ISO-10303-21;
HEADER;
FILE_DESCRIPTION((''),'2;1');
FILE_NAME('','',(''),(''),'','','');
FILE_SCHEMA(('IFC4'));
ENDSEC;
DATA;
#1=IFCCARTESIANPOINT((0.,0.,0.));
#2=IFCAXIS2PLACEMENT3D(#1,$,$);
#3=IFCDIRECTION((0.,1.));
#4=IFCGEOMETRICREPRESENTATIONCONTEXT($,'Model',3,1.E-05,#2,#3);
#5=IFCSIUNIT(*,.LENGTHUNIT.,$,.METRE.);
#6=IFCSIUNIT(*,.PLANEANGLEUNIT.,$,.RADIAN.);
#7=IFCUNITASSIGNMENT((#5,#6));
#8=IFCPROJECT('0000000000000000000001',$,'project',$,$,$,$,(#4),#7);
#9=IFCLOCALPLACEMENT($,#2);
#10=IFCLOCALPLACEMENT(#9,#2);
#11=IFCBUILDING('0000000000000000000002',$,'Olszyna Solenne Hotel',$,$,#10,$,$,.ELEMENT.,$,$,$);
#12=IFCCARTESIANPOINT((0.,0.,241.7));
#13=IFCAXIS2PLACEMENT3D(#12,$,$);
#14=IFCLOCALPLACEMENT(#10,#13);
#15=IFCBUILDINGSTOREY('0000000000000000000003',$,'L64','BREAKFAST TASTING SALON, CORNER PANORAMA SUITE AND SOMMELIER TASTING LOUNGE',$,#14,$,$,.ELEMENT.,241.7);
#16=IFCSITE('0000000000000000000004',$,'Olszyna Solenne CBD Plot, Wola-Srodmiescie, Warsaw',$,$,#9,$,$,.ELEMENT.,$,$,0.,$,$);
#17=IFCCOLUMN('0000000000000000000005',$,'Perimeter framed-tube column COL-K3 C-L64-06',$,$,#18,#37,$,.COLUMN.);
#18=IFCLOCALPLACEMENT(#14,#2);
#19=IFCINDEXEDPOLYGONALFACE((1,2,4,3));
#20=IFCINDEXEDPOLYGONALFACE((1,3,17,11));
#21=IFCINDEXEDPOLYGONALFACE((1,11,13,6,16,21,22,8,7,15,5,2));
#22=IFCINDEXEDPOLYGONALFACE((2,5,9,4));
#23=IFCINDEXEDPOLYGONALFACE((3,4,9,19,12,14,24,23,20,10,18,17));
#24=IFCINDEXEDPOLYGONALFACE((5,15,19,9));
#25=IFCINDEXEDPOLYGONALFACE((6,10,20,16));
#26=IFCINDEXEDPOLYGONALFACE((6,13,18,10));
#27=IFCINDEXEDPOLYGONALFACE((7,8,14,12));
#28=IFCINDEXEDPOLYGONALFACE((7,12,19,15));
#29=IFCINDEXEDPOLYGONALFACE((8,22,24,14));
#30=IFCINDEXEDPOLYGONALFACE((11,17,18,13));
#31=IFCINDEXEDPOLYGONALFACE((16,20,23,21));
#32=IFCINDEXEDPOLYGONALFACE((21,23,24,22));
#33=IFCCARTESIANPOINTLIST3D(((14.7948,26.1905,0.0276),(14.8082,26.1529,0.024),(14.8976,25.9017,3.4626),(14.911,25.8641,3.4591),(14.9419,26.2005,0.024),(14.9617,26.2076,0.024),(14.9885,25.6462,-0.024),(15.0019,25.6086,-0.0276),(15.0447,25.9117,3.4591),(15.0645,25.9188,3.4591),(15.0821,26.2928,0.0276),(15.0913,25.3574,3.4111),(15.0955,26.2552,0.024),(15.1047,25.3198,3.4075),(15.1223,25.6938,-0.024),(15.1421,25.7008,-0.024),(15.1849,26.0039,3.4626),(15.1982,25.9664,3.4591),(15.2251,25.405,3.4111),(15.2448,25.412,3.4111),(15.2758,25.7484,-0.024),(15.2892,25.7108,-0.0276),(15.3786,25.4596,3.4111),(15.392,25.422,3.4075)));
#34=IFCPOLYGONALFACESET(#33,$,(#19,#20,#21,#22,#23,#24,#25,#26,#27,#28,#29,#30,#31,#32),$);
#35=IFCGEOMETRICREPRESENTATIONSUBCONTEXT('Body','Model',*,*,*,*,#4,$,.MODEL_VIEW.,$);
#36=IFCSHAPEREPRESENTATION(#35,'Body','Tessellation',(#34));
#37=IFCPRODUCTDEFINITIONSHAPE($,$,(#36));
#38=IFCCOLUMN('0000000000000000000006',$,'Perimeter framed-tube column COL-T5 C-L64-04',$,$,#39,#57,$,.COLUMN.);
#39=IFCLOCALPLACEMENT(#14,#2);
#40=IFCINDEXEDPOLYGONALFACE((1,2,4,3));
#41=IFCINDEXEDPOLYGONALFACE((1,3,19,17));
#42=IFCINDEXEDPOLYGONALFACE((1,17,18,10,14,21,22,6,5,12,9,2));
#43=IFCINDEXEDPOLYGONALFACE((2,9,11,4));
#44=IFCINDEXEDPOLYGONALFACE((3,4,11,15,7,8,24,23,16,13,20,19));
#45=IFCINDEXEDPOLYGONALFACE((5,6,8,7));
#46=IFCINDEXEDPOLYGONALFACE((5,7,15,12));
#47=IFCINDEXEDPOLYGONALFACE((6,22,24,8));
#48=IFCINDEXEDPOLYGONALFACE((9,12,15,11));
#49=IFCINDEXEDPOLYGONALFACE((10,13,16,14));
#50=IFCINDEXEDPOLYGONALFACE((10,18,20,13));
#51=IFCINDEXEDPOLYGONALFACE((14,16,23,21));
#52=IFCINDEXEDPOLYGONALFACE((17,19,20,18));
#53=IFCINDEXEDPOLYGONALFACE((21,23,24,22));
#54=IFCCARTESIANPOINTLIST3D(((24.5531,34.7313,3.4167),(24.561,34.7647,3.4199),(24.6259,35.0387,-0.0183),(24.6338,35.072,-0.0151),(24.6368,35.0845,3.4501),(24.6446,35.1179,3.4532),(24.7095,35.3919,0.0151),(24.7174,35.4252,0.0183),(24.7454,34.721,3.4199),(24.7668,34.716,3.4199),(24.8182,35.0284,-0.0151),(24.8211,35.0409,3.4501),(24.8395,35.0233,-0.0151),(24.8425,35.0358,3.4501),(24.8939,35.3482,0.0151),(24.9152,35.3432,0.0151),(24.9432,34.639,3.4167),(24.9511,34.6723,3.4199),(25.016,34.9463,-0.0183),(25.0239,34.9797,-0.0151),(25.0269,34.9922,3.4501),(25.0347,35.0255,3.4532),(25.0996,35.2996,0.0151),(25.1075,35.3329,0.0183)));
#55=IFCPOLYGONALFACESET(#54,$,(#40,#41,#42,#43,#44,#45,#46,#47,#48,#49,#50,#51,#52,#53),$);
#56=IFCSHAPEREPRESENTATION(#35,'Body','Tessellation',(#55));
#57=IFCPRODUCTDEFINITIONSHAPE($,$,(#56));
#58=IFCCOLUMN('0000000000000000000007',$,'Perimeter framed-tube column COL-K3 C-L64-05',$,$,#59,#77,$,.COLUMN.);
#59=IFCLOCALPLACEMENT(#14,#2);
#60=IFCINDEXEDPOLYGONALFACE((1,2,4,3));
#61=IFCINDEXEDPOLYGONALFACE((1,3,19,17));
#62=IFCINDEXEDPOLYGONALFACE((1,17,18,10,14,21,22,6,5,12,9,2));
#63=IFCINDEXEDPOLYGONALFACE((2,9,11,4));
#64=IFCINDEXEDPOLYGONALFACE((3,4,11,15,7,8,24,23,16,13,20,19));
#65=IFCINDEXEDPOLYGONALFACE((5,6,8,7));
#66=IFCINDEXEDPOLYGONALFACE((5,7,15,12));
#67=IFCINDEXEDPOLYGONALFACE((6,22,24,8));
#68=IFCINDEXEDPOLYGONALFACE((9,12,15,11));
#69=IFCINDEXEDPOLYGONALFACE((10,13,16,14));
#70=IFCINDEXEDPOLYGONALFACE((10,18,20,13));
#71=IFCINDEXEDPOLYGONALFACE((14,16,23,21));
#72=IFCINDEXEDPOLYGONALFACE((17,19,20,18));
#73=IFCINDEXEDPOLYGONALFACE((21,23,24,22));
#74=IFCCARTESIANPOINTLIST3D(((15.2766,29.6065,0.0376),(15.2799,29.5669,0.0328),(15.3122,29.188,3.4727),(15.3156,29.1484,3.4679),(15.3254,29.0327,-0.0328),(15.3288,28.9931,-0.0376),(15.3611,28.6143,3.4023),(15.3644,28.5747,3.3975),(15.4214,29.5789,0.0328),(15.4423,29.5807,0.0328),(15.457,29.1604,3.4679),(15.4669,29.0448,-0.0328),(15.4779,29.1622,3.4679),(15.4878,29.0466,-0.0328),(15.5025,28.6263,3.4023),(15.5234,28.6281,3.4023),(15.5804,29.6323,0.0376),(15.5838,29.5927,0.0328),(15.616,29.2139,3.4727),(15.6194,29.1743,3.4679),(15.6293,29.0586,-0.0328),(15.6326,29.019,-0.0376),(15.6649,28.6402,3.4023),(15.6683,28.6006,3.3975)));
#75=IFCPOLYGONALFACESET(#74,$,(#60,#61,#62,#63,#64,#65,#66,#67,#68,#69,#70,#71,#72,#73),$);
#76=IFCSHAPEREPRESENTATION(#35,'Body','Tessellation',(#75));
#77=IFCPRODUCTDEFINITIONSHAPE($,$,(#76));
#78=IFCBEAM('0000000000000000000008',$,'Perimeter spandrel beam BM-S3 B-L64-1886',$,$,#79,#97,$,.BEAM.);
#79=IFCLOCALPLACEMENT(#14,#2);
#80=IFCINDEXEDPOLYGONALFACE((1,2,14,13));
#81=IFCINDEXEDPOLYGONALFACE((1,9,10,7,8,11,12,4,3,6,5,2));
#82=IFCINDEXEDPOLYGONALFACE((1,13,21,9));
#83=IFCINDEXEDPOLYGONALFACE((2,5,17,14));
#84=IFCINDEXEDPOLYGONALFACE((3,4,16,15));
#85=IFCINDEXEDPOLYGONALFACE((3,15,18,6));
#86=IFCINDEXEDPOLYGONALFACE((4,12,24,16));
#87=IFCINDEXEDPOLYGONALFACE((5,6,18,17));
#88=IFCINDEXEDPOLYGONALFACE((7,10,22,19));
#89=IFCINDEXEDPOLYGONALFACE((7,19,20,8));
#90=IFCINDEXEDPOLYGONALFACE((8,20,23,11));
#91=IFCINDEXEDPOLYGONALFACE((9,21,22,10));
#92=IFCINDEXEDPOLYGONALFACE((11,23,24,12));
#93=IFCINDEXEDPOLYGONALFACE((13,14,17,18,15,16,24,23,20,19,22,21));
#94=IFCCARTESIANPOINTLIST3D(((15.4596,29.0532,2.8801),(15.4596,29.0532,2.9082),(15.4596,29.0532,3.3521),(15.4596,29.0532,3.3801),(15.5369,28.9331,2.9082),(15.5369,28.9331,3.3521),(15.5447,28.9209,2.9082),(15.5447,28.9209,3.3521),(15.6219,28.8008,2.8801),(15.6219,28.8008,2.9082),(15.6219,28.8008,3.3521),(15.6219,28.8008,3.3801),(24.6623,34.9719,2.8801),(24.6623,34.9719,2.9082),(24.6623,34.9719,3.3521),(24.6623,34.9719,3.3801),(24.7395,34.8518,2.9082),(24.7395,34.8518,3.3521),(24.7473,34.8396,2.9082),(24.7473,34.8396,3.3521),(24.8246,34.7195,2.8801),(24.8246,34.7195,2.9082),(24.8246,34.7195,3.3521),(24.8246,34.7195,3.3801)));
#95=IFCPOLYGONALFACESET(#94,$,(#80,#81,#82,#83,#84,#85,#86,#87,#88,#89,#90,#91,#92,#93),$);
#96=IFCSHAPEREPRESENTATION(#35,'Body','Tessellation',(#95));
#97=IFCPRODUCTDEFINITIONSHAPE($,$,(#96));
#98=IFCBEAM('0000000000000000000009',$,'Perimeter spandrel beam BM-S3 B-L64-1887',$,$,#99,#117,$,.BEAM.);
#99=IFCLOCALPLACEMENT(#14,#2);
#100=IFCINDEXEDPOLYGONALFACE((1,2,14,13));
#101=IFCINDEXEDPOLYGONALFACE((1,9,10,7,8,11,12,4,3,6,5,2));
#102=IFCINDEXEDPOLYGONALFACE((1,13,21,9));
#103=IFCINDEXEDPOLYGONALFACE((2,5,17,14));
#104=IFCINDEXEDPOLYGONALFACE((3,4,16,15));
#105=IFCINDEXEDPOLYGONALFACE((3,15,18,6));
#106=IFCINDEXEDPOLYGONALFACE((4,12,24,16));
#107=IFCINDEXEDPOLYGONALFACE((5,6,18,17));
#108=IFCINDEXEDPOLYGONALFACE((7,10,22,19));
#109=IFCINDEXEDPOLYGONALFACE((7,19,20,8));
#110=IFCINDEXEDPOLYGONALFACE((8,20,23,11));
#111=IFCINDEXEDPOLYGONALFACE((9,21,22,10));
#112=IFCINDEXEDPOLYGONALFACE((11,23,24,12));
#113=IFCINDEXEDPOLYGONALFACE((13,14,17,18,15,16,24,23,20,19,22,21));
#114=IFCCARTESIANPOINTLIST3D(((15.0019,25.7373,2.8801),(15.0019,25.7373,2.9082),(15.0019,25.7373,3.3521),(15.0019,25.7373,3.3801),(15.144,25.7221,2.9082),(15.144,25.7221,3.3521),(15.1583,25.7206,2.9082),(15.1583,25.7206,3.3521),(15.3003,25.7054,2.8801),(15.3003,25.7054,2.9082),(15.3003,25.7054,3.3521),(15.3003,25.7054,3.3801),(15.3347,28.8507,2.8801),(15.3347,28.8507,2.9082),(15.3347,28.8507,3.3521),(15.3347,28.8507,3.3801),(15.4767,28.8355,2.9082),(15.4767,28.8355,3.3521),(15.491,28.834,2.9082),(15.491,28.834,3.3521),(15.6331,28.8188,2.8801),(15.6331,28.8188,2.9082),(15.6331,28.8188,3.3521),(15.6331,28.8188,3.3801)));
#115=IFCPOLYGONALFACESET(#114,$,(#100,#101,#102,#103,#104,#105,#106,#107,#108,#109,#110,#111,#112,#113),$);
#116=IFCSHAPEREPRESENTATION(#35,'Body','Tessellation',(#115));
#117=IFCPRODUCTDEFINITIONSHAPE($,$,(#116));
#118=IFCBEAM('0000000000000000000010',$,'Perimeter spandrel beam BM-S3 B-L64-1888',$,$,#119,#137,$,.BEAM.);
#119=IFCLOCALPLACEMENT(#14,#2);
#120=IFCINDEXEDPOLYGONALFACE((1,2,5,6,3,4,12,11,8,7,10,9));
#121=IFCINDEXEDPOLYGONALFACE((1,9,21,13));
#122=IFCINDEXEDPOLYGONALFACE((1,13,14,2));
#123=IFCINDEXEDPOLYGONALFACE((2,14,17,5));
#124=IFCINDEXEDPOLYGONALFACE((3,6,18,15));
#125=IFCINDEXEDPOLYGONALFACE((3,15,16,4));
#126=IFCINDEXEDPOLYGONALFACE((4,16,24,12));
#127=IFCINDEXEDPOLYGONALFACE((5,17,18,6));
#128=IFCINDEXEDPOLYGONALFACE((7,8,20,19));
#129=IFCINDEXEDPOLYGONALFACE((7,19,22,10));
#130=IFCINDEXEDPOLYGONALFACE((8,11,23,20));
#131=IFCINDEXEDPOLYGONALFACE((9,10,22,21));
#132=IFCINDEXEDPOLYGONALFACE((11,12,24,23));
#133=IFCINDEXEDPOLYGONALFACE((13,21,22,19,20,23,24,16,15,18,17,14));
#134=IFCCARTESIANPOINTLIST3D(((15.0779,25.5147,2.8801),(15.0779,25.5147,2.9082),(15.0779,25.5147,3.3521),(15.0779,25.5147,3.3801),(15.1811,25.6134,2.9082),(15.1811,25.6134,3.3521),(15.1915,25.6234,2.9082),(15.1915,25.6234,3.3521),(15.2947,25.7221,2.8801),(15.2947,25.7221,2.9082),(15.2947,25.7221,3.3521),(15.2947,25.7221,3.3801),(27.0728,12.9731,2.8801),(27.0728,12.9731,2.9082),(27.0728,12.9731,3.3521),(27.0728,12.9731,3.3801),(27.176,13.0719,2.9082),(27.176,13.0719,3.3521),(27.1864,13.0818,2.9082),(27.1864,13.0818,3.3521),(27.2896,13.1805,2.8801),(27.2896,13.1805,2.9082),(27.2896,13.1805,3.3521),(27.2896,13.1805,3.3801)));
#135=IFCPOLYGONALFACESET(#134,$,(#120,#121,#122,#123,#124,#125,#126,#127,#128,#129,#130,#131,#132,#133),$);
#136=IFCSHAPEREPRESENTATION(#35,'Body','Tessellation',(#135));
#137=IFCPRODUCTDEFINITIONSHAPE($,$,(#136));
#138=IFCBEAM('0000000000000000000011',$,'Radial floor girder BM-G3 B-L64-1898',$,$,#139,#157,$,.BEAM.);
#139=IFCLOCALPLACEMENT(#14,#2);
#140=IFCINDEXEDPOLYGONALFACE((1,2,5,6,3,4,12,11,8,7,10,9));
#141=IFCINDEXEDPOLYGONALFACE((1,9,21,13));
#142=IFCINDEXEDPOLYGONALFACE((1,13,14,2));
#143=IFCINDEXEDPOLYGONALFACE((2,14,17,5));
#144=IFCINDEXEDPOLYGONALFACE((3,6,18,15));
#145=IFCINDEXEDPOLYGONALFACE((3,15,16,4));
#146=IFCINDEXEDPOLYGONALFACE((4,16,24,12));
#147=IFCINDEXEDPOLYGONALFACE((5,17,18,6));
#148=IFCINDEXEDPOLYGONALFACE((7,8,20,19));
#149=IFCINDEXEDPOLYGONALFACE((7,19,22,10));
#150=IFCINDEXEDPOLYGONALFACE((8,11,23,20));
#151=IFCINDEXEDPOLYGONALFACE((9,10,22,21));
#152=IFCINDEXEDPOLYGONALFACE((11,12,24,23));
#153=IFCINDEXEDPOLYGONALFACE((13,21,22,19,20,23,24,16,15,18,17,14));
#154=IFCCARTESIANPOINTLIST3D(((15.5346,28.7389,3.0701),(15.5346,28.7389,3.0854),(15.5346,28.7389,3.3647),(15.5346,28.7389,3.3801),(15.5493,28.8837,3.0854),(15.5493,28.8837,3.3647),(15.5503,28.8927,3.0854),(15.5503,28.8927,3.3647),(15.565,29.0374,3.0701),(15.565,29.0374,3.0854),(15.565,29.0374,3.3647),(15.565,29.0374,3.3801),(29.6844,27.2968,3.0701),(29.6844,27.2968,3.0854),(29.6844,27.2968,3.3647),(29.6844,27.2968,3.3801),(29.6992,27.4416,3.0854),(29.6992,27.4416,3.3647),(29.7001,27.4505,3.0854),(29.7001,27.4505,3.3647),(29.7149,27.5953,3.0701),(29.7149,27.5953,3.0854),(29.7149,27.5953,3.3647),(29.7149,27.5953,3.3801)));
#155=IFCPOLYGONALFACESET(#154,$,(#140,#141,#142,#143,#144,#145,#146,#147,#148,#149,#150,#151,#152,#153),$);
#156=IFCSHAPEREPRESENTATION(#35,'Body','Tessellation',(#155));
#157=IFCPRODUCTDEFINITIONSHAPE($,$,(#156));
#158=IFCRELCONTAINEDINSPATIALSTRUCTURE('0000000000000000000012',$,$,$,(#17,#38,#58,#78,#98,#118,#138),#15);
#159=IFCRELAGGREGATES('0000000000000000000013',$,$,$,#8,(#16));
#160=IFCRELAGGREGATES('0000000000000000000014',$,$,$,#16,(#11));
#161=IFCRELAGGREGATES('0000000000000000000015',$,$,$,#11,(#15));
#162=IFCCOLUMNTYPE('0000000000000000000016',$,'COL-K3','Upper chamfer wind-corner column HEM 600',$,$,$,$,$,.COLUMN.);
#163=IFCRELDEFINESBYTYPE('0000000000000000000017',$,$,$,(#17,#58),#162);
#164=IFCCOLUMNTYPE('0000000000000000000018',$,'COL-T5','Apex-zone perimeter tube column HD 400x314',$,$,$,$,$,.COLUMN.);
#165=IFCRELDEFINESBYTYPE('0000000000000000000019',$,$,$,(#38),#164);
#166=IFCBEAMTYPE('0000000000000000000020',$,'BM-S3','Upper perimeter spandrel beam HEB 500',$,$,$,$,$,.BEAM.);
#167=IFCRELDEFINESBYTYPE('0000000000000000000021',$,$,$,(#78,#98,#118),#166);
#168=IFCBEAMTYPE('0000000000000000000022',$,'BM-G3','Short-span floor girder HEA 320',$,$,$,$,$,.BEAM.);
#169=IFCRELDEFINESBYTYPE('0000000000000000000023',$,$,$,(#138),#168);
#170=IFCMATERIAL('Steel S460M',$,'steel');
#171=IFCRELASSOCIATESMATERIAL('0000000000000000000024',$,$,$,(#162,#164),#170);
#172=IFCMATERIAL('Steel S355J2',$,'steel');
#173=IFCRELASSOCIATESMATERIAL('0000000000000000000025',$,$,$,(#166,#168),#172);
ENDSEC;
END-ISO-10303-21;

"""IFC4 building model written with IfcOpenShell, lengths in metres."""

from ifc_helpers import new_model, si_unit, direction, frame, origin, origin_2d, place, context, subcontext, project, spatial, i_section, extrude, source, transform, mapped, material, material_profile, profile_set, type_object, element, save


model = new_model("IFC4")

# Units and contexts
model_context = context("Model", 3, precision=1e-05, world=origin(), true_north=direction((0.0, 1.0)))
body_context = subcontext(model_context, "Body", "Model", "MODEL_VIEW")
ifc_project = project(units=[si_unit("LENGTHUNIT", "METRE"), si_unit("PLANEANGLEUNIT", "RADIAN")], contexts=[model_context])

# Site, building, storey
site_placement = place(None, origin())
site = spatial("IfcSite", under=ifc_project, at=site_placement, Name="Olszyna Solenne CBD Plot, Wola-Srodmiescie, Warsaw", CompositionType="ELEMENT", RefElevation=0.0)
building_placement = place(site_placement, origin())
building = spatial("IfcBuilding", under=site, at=building_placement, Name="Olszyna Solenne Hotel", CompositionType="ELEMENT")
storey_placement = place(building_placement, frame((0.0, 0.0, 241.7)))
storey = spatial("IfcBuildingStorey", under=building, at=storey_placement, Name="L64", Description="BREAKFAST TASTING SALON, CORNER PANORAMA SUITE AND SOMMELIER TASTING LOUNGE", CompositionType="ELEMENT", Elevation=241.7)

# Columns
ifc_material_1 = material(Name="Steel S460M", Category="steel")
ifc_material_profile_1 = material_profile(ifc_material_1, i_section(OverallWidth=0.3049, OverallDepth=0.6201, WebThickness=0.021, FlangeThickness=0.04, at=origin_2d()), Name="HEM 600", Category="load-bearing")
ifc_profile_set_1 = profile_set([ifc_material_profile_1], Name="Steel S460M")
column_type_1 = type_object("IfcColumnType", Name="COL-K3", Description="Upper chamfer wind-corner column HEM 600", PredefinedType="COLUMN", material=ifc_profile_set_1)
shared_shape_1 = source(origin(), body_context, "Body", "SweptSolid", [
    extrude(i_section(OverallWidth=0.3049, OverallDepth=0.6201, WebThickness=0.021, FlangeThickness=0.04, at=origin_2d()), origin(), (0.0, 0.0, 1.0), 3.4487),
])
column_1_placement = place(storey_placement, frame((15.042, 25.9507, 0.0), z_axis=(0.029803, -0.083747, 0.996041), x_axis=(0.94212, 0.335277, 0.0)))
element("IfcColumn", 1, at=column_1_placement, inside=storey, type_object=column_type_1, Name="Perimeter framed-tube column COL-K3 C-L64-06", PredefinedType="COLUMN", context=body_context, shape_type="MappedRepresentation", body=[
    mapped(shared_shape_1, transform((0.0, 0.0, 0.0), x_axis=(1.0, 0.0, 0.0), y_axis=(0.0, 1.0, 0.0), z_axis=(0.0, 0.0, 1.0), scale=1.0)),
])
ifc_material_profile_2 = material_profile(ifc_material_1, i_section(OverallWidth=0.4009, OverallDepth=0.3989, WebThickness=0.022, FlangeThickness=0.0344, at=origin_2d()), Name="HD 400x314", Category="load-bearing")
ifc_profile_set_2 = profile_set([ifc_material_profile_2], Name="Steel S460M")
column_type_2 = type_object("IfcColumnType", Name="COL-T5", Description="Apex-zone perimeter tube column HD 400x314", PredefinedType="COLUMN", material=ifc_profile_set_2)
shared_shape_2 = source(origin(), body_context, "Body", "SweptSolid", [
    extrude(i_section(OverallWidth=0.4009, OverallDepth=0.3989, WebThickness=0.022, FlangeThickness=0.0344, at=origin_2d()), origin(), (0.0, 0.0, 1.0), 3.4495),
])
column_2_placement = place(storey_placement, frame((24.8667, 35.1858, 0.0), z_axis=(-0.021091, -0.089105, 0.995799), x_axis=(0.973112, -0.230332, 0.0)))
element("IfcColumn", 2, at=column_2_placement, inside=storey, type_object=column_type_2, Name="Perimeter framed-tube column COL-T5 C-L64-04", PredefinedType="COLUMN", context=body_context, shape_type="MappedRepresentation", body=[
    mapped(shared_shape_2, transform((0.0, 0.0, 0.0), x_axis=(1.0, 0.0, 0.0), y_axis=(0.0, 1.0, 0.0), z_axis=(0.0, 0.0, 1.0), scale=1.0)),
])
shared_shape_3 = source(origin(), body_context, "Body", "SweptSolid", [
    extrude(i_section(OverallWidth=0.3049, OverallDepth=0.6201, WebThickness=0.021, FlangeThickness=0.04, at=origin_2d()), origin(), (0.0, 0.0, 1.0), 3.4607),
])
column_3_placement = place(storey_placement, frame((15.4546, 29.3127, 0.0), z_axis=(0.0103, -0.120919, 0.992609), x_axis=(0.996392, 0.084874, 0.0)))
element("IfcColumn", 3, at=column_3_placement, inside=storey, type_object=column_type_1, Name="Perimeter framed-tube column COL-K3 C-L64-05", PredefinedType="COLUMN", context=body_context, shape_type="MappedRepresentation", body=[
    mapped(shared_shape_3, transform((0.0, 0.0, 0.0), x_axis=(1.0, 0.0, 0.0), y_axis=(0.0, 1.0, 0.0), z_axis=(0.0, 0.0, 1.0), scale=1.0)),
])

# Beams
ifc_material_2 = material(Name="Steel S355J2", Category="steel")
ifc_material_profile_3 = material_profile(ifc_material_2, i_section(OverallWidth=0.3, OverallDepth=0.5, WebThickness=0.0144, FlangeThickness=0.0281, at=origin_2d()), Name="HEB 500", Category="load-bearing")
ifc_profile_set_3 = profile_set([ifc_material_profile_3], Name="Steel S355J2")
beam_type_1 = type_object("IfcBeamType", Name="BM-S3", Description="Upper perimeter spandrel beam HEB 500", PredefinedType="BEAM", material=ifc_profile_set_3)
shared_shape_4 = source(origin(), body_context, "Body", "SweptSolid", [
    extrude(i_section(OverallWidth=0.3, OverallDepth=0.5, WebThickness=0.0144, FlangeThickness=0.0281, at=origin_2d()), origin(), (0.0, 0.0, 1.0), 10.9417),
])
beam_1_placement = place(storey_placement, frame((24.7434, 34.8457, 3.1301), z_axis=(-0.841065, -0.540934, 0.0), x_axis=(0.540934, -0.841065, 0.0)))
element("IfcBeam", 4, at=beam_1_placement, inside=storey, type_object=beam_type_1, Name="Perimeter spandrel beam BM-S3 B-L64-1886", PredefinedType="BEAM", context=body_context, shape_type="MappedRepresentation", body=[
    mapped(shared_shape_4, transform((0.0, 0.0, 0.0), x_axis=(1.0, 0.0, 0.0), y_axis=(0.0, 1.0, 0.0), z_axis=(0.0, 0.0, 1.0), scale=1.0)),
])
shared_shape_5 = source(origin(), body_context, "Body", "SweptSolid", [
    extrude(i_section(OverallWidth=0.3, OverallDepth=0.5, WebThickness=0.0144, FlangeThickness=0.0281, at=origin_2d()), origin(), (0.0, 0.0, 1.0), 3.1311),
])
beam_2_placement = place(storey_placement, frame((15.4839, 28.8347, 3.1301), z_axis=(-0.10628, -0.994336, 0.0), x_axis=(0.994336, -0.10628, 0.0)))
element("IfcBeam", 5, at=beam_2_placement, inside=storey, type_object=beam_type_1, Name="Perimeter spandrel beam BM-S3 B-L64-1887", PredefinedType="BEAM", context=body_context, shape_type="MappedRepresentation", body=[
    mapped(shared_shape_5, transform((0.0, 0.0, 0.0), x_axis=(1.0, 0.0, 0.0), y_axis=(0.0, 1.0, 0.0), z_axis=(0.0, 0.0, 1.0), scale=1.0)),
])
shared_shape_6 = source(origin(), body_context, "Body", "SweptSolid", [
    extrude(i_section(OverallWidth=0.3, OverallDepth=0.5, WebThickness=0.0144, FlangeThickness=0.0281, at=origin_2d()), origin(), (0.0, 0.0, 1.0), 17.3542),
])
beam_3_placement = place(storey_placement, frame((15.1863, 25.6184, 3.1301), z_axis=(0.691182, -0.722681, 0.0), x_axis=(0.722681, 0.691182, 0.0)))
element("IfcBeam", 6, at=beam_3_placement, inside=storey, type_object=beam_type_1, Name="Perimeter spandrel beam BM-S3 B-L64-1888", PredefinedType="BEAM", context=body_context, shape_type="MappedRepresentation", body=[
    mapped(shared_shape_6, transform((0.0, 0.0, 0.0), x_axis=(1.0, 0.0, 0.0), y_axis=(0.0, 1.0, 0.0), z_axis=(0.0, 0.0, 1.0), scale=1.0)),
])
ifc_material_profile_4 = material_profile(ifc_material_2, i_section(OverallWidth=0.3, OverallDepth=0.3101, WebThickness=0.009, FlangeThickness=0.0154, at=origin_2d()), Name="HEA 320", Category="load-bearing")
ifc_profile_set_4 = profile_set([ifc_material_profile_4], Name="Steel S355J2")
beam_type_2 = type_object("IfcBeamType", Name="BM-G3", Description="Short-span floor girder HEA 320", PredefinedType="BEAM", material=ifc_profile_set_4)
shared_shape_7 = source(origin(), body_context, "Body", "SweptSolid", [
    extrude(i_section(OverallWidth=0.3, OverallDepth=0.3101, WebThickness=0.009, FlangeThickness=0.0154, at=origin_2d()), origin(), (0.0, 0.0, 1.0), 14.2231),
])
beam_4_placement = place(storey_placement, frame((15.5498, 28.8882, 3.2251), z_axis=(0.994846, -0.101393, 0.0), x_axis=(0.101393, 0.994846, 0.0)))
element("IfcBeam", 7, at=beam_4_placement, inside=storey, type_object=beam_type_2, Name="Radial floor girder BM-G3 B-L64-1898", PredefinedType="BEAM", context=body_context, shape_type="MappedRepresentation", body=[
    mapped(shared_shape_7, transform((0.0, 0.0, 0.0), x_axis=(1.0, 0.0, 0.0), y_axis=(0.0, 1.0, 0.0), z_axis=(0.0, 0.0, 1.0), scale=1.0)),
])

save(model, "model.ifc")
